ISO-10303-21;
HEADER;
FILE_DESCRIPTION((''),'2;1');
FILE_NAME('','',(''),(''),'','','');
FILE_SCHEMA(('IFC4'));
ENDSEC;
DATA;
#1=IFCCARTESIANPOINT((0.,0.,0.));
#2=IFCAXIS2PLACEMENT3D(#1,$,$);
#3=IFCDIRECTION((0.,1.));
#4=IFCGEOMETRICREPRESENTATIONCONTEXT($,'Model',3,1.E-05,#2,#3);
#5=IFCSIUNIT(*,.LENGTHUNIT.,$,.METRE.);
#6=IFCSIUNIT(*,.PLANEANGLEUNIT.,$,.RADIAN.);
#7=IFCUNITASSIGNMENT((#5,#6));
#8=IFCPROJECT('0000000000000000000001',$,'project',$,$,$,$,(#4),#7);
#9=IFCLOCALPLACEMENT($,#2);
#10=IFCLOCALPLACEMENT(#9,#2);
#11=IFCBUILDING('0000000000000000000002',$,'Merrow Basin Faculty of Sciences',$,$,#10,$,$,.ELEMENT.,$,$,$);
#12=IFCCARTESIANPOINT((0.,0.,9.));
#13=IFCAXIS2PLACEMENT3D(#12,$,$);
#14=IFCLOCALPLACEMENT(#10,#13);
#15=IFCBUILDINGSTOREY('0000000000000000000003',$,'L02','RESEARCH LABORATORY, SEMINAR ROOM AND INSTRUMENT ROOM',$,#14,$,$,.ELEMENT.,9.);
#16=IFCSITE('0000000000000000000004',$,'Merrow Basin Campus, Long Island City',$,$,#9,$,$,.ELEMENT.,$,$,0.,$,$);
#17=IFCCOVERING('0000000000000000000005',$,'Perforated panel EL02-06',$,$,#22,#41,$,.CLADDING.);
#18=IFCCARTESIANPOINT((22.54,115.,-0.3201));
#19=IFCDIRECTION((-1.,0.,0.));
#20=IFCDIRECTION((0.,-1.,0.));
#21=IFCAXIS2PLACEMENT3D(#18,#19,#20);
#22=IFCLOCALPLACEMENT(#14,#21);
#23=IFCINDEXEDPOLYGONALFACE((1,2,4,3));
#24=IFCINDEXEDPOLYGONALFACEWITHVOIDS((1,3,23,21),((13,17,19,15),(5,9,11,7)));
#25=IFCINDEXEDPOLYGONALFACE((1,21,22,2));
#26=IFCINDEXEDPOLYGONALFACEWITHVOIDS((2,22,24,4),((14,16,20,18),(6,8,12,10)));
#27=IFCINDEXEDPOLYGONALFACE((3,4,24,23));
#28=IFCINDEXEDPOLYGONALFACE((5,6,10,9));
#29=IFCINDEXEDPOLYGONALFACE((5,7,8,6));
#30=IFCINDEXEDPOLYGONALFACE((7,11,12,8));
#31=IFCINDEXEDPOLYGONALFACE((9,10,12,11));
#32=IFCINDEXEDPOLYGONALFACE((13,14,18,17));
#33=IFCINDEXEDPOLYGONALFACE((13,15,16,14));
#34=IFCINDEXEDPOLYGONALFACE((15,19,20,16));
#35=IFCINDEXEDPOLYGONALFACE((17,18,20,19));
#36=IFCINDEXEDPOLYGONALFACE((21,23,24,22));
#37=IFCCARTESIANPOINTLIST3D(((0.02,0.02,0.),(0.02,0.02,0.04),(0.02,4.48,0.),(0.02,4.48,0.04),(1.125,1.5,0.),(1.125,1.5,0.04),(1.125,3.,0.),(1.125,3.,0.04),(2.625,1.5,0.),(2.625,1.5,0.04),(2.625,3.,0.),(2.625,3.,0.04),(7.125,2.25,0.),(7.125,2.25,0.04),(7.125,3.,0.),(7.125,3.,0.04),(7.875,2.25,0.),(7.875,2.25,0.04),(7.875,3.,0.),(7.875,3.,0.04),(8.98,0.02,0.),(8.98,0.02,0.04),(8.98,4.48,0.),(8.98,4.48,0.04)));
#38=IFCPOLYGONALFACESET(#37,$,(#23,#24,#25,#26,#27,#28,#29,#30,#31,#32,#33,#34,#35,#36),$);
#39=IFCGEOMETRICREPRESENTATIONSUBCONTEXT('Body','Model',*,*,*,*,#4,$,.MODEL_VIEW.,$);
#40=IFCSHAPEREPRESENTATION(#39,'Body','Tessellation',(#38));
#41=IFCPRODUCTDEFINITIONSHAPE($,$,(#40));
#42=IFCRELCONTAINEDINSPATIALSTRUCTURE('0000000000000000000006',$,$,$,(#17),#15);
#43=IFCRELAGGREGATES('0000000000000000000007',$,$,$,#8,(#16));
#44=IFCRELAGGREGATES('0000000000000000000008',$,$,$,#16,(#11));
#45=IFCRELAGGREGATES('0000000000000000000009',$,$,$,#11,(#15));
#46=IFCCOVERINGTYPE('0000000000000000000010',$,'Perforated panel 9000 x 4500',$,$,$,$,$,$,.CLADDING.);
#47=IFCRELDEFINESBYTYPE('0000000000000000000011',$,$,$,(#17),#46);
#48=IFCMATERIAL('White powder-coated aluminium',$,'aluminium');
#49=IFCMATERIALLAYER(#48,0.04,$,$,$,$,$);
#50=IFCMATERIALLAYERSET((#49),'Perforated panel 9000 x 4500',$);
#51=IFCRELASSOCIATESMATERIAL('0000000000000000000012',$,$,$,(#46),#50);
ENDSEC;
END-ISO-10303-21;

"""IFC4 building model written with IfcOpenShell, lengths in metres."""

from ifc_helpers import new_model, si_unit, direction, frame, origin, place, context, subcontext, project, spatial, polyline, outline, extrude, source, transform, mapped, material, layer, layer_set, type_object, element, save


model = new_model("IFC4")

# Units and contexts
model_context = context("Model", 3, precision=1e-05, world=origin(), true_north=direction((0.0, 1.0)))
body_context = subcontext(model_context, "Body", "Model", "MODEL_VIEW")
ifc_project = project(units=[si_unit("LENGTHUNIT", "METRE"), si_unit("PLANEANGLEUNIT", "RADIAN")], contexts=[model_context])

# Site, building, storey
site_placement = place(None, origin())
site = spatial("IfcSite", under=ifc_project, at=site_placement, Name="Merrow Basin Campus, Long Island City", CompositionType="ELEMENT", RefElevation=0.0)
building_placement = place(site_placement, origin())
building = spatial("IfcBuilding", under=site, at=building_placement, Name="Merrow Basin Faculty of Sciences", CompositionType="ELEMENT")
storey_placement = place(building_placement, frame((0.0, 0.0, 9.0)))
storey = spatial("IfcBuildingStorey", under=building, at=storey_placement, Name="L02", Description="RESEARCH LABORATORY, SEMINAR ROOM AND INSTRUMENT ROOM", CompositionType="ELEMENT", Elevation=9.0)

# Covering
ifc_material_1 = material(Name="White powder-coated aluminium", Category="aluminium")
ifc_layer_1 = layer(ifc_material_1, 0.04)
ifc_layer_set_1 = layer_set([ifc_layer_1], Name="Perforated panel 9000 x 4500")
covering_type = type_object("IfcCoveringType", Name="Perforated panel 9000 x 4500", PredefinedType="CLADDING", material=ifc_layer_set_1)
shared_shape = source(origin(), body_context, "Body", "SweptSolid", [
    extrude(outline(polyline([(0.02, 0.02), (8.98, 0.02), (8.98, 4.48), (0.02, 4.48), (0.02, 0.02)]), holes=[polyline([(1.125, 1.5), (2.625, 1.5), (2.625, 3.0), (1.125, 3.0), (1.125, 1.5)]), polyline([(7.125, 2.25), (7.875, 2.25), (7.875, 3.0), (7.125, 3.0), (7.125, 2.25)])]), origin(), (0.0, 0.0, 1.0), 0.04),
])
covering_placement = place(storey_placement, frame((22.54, 115.0, -0.3201), z_axis=(-1.0, 0.0, 0.0), x_axis=(0.0, -1.0, 0.0)))
element("IfcCovering", 1, at=covering_placement, inside=storey, type_object=covering_type, Name="Perforated panel EL02-06", PredefinedType="CLADDING", context=body_context, shape_type="MappedRepresentation", body=[
    mapped(shared_shape, transform((0.0, 0.0, 0.0), scale=1.0)),
])

save(model, "model.ifc")
